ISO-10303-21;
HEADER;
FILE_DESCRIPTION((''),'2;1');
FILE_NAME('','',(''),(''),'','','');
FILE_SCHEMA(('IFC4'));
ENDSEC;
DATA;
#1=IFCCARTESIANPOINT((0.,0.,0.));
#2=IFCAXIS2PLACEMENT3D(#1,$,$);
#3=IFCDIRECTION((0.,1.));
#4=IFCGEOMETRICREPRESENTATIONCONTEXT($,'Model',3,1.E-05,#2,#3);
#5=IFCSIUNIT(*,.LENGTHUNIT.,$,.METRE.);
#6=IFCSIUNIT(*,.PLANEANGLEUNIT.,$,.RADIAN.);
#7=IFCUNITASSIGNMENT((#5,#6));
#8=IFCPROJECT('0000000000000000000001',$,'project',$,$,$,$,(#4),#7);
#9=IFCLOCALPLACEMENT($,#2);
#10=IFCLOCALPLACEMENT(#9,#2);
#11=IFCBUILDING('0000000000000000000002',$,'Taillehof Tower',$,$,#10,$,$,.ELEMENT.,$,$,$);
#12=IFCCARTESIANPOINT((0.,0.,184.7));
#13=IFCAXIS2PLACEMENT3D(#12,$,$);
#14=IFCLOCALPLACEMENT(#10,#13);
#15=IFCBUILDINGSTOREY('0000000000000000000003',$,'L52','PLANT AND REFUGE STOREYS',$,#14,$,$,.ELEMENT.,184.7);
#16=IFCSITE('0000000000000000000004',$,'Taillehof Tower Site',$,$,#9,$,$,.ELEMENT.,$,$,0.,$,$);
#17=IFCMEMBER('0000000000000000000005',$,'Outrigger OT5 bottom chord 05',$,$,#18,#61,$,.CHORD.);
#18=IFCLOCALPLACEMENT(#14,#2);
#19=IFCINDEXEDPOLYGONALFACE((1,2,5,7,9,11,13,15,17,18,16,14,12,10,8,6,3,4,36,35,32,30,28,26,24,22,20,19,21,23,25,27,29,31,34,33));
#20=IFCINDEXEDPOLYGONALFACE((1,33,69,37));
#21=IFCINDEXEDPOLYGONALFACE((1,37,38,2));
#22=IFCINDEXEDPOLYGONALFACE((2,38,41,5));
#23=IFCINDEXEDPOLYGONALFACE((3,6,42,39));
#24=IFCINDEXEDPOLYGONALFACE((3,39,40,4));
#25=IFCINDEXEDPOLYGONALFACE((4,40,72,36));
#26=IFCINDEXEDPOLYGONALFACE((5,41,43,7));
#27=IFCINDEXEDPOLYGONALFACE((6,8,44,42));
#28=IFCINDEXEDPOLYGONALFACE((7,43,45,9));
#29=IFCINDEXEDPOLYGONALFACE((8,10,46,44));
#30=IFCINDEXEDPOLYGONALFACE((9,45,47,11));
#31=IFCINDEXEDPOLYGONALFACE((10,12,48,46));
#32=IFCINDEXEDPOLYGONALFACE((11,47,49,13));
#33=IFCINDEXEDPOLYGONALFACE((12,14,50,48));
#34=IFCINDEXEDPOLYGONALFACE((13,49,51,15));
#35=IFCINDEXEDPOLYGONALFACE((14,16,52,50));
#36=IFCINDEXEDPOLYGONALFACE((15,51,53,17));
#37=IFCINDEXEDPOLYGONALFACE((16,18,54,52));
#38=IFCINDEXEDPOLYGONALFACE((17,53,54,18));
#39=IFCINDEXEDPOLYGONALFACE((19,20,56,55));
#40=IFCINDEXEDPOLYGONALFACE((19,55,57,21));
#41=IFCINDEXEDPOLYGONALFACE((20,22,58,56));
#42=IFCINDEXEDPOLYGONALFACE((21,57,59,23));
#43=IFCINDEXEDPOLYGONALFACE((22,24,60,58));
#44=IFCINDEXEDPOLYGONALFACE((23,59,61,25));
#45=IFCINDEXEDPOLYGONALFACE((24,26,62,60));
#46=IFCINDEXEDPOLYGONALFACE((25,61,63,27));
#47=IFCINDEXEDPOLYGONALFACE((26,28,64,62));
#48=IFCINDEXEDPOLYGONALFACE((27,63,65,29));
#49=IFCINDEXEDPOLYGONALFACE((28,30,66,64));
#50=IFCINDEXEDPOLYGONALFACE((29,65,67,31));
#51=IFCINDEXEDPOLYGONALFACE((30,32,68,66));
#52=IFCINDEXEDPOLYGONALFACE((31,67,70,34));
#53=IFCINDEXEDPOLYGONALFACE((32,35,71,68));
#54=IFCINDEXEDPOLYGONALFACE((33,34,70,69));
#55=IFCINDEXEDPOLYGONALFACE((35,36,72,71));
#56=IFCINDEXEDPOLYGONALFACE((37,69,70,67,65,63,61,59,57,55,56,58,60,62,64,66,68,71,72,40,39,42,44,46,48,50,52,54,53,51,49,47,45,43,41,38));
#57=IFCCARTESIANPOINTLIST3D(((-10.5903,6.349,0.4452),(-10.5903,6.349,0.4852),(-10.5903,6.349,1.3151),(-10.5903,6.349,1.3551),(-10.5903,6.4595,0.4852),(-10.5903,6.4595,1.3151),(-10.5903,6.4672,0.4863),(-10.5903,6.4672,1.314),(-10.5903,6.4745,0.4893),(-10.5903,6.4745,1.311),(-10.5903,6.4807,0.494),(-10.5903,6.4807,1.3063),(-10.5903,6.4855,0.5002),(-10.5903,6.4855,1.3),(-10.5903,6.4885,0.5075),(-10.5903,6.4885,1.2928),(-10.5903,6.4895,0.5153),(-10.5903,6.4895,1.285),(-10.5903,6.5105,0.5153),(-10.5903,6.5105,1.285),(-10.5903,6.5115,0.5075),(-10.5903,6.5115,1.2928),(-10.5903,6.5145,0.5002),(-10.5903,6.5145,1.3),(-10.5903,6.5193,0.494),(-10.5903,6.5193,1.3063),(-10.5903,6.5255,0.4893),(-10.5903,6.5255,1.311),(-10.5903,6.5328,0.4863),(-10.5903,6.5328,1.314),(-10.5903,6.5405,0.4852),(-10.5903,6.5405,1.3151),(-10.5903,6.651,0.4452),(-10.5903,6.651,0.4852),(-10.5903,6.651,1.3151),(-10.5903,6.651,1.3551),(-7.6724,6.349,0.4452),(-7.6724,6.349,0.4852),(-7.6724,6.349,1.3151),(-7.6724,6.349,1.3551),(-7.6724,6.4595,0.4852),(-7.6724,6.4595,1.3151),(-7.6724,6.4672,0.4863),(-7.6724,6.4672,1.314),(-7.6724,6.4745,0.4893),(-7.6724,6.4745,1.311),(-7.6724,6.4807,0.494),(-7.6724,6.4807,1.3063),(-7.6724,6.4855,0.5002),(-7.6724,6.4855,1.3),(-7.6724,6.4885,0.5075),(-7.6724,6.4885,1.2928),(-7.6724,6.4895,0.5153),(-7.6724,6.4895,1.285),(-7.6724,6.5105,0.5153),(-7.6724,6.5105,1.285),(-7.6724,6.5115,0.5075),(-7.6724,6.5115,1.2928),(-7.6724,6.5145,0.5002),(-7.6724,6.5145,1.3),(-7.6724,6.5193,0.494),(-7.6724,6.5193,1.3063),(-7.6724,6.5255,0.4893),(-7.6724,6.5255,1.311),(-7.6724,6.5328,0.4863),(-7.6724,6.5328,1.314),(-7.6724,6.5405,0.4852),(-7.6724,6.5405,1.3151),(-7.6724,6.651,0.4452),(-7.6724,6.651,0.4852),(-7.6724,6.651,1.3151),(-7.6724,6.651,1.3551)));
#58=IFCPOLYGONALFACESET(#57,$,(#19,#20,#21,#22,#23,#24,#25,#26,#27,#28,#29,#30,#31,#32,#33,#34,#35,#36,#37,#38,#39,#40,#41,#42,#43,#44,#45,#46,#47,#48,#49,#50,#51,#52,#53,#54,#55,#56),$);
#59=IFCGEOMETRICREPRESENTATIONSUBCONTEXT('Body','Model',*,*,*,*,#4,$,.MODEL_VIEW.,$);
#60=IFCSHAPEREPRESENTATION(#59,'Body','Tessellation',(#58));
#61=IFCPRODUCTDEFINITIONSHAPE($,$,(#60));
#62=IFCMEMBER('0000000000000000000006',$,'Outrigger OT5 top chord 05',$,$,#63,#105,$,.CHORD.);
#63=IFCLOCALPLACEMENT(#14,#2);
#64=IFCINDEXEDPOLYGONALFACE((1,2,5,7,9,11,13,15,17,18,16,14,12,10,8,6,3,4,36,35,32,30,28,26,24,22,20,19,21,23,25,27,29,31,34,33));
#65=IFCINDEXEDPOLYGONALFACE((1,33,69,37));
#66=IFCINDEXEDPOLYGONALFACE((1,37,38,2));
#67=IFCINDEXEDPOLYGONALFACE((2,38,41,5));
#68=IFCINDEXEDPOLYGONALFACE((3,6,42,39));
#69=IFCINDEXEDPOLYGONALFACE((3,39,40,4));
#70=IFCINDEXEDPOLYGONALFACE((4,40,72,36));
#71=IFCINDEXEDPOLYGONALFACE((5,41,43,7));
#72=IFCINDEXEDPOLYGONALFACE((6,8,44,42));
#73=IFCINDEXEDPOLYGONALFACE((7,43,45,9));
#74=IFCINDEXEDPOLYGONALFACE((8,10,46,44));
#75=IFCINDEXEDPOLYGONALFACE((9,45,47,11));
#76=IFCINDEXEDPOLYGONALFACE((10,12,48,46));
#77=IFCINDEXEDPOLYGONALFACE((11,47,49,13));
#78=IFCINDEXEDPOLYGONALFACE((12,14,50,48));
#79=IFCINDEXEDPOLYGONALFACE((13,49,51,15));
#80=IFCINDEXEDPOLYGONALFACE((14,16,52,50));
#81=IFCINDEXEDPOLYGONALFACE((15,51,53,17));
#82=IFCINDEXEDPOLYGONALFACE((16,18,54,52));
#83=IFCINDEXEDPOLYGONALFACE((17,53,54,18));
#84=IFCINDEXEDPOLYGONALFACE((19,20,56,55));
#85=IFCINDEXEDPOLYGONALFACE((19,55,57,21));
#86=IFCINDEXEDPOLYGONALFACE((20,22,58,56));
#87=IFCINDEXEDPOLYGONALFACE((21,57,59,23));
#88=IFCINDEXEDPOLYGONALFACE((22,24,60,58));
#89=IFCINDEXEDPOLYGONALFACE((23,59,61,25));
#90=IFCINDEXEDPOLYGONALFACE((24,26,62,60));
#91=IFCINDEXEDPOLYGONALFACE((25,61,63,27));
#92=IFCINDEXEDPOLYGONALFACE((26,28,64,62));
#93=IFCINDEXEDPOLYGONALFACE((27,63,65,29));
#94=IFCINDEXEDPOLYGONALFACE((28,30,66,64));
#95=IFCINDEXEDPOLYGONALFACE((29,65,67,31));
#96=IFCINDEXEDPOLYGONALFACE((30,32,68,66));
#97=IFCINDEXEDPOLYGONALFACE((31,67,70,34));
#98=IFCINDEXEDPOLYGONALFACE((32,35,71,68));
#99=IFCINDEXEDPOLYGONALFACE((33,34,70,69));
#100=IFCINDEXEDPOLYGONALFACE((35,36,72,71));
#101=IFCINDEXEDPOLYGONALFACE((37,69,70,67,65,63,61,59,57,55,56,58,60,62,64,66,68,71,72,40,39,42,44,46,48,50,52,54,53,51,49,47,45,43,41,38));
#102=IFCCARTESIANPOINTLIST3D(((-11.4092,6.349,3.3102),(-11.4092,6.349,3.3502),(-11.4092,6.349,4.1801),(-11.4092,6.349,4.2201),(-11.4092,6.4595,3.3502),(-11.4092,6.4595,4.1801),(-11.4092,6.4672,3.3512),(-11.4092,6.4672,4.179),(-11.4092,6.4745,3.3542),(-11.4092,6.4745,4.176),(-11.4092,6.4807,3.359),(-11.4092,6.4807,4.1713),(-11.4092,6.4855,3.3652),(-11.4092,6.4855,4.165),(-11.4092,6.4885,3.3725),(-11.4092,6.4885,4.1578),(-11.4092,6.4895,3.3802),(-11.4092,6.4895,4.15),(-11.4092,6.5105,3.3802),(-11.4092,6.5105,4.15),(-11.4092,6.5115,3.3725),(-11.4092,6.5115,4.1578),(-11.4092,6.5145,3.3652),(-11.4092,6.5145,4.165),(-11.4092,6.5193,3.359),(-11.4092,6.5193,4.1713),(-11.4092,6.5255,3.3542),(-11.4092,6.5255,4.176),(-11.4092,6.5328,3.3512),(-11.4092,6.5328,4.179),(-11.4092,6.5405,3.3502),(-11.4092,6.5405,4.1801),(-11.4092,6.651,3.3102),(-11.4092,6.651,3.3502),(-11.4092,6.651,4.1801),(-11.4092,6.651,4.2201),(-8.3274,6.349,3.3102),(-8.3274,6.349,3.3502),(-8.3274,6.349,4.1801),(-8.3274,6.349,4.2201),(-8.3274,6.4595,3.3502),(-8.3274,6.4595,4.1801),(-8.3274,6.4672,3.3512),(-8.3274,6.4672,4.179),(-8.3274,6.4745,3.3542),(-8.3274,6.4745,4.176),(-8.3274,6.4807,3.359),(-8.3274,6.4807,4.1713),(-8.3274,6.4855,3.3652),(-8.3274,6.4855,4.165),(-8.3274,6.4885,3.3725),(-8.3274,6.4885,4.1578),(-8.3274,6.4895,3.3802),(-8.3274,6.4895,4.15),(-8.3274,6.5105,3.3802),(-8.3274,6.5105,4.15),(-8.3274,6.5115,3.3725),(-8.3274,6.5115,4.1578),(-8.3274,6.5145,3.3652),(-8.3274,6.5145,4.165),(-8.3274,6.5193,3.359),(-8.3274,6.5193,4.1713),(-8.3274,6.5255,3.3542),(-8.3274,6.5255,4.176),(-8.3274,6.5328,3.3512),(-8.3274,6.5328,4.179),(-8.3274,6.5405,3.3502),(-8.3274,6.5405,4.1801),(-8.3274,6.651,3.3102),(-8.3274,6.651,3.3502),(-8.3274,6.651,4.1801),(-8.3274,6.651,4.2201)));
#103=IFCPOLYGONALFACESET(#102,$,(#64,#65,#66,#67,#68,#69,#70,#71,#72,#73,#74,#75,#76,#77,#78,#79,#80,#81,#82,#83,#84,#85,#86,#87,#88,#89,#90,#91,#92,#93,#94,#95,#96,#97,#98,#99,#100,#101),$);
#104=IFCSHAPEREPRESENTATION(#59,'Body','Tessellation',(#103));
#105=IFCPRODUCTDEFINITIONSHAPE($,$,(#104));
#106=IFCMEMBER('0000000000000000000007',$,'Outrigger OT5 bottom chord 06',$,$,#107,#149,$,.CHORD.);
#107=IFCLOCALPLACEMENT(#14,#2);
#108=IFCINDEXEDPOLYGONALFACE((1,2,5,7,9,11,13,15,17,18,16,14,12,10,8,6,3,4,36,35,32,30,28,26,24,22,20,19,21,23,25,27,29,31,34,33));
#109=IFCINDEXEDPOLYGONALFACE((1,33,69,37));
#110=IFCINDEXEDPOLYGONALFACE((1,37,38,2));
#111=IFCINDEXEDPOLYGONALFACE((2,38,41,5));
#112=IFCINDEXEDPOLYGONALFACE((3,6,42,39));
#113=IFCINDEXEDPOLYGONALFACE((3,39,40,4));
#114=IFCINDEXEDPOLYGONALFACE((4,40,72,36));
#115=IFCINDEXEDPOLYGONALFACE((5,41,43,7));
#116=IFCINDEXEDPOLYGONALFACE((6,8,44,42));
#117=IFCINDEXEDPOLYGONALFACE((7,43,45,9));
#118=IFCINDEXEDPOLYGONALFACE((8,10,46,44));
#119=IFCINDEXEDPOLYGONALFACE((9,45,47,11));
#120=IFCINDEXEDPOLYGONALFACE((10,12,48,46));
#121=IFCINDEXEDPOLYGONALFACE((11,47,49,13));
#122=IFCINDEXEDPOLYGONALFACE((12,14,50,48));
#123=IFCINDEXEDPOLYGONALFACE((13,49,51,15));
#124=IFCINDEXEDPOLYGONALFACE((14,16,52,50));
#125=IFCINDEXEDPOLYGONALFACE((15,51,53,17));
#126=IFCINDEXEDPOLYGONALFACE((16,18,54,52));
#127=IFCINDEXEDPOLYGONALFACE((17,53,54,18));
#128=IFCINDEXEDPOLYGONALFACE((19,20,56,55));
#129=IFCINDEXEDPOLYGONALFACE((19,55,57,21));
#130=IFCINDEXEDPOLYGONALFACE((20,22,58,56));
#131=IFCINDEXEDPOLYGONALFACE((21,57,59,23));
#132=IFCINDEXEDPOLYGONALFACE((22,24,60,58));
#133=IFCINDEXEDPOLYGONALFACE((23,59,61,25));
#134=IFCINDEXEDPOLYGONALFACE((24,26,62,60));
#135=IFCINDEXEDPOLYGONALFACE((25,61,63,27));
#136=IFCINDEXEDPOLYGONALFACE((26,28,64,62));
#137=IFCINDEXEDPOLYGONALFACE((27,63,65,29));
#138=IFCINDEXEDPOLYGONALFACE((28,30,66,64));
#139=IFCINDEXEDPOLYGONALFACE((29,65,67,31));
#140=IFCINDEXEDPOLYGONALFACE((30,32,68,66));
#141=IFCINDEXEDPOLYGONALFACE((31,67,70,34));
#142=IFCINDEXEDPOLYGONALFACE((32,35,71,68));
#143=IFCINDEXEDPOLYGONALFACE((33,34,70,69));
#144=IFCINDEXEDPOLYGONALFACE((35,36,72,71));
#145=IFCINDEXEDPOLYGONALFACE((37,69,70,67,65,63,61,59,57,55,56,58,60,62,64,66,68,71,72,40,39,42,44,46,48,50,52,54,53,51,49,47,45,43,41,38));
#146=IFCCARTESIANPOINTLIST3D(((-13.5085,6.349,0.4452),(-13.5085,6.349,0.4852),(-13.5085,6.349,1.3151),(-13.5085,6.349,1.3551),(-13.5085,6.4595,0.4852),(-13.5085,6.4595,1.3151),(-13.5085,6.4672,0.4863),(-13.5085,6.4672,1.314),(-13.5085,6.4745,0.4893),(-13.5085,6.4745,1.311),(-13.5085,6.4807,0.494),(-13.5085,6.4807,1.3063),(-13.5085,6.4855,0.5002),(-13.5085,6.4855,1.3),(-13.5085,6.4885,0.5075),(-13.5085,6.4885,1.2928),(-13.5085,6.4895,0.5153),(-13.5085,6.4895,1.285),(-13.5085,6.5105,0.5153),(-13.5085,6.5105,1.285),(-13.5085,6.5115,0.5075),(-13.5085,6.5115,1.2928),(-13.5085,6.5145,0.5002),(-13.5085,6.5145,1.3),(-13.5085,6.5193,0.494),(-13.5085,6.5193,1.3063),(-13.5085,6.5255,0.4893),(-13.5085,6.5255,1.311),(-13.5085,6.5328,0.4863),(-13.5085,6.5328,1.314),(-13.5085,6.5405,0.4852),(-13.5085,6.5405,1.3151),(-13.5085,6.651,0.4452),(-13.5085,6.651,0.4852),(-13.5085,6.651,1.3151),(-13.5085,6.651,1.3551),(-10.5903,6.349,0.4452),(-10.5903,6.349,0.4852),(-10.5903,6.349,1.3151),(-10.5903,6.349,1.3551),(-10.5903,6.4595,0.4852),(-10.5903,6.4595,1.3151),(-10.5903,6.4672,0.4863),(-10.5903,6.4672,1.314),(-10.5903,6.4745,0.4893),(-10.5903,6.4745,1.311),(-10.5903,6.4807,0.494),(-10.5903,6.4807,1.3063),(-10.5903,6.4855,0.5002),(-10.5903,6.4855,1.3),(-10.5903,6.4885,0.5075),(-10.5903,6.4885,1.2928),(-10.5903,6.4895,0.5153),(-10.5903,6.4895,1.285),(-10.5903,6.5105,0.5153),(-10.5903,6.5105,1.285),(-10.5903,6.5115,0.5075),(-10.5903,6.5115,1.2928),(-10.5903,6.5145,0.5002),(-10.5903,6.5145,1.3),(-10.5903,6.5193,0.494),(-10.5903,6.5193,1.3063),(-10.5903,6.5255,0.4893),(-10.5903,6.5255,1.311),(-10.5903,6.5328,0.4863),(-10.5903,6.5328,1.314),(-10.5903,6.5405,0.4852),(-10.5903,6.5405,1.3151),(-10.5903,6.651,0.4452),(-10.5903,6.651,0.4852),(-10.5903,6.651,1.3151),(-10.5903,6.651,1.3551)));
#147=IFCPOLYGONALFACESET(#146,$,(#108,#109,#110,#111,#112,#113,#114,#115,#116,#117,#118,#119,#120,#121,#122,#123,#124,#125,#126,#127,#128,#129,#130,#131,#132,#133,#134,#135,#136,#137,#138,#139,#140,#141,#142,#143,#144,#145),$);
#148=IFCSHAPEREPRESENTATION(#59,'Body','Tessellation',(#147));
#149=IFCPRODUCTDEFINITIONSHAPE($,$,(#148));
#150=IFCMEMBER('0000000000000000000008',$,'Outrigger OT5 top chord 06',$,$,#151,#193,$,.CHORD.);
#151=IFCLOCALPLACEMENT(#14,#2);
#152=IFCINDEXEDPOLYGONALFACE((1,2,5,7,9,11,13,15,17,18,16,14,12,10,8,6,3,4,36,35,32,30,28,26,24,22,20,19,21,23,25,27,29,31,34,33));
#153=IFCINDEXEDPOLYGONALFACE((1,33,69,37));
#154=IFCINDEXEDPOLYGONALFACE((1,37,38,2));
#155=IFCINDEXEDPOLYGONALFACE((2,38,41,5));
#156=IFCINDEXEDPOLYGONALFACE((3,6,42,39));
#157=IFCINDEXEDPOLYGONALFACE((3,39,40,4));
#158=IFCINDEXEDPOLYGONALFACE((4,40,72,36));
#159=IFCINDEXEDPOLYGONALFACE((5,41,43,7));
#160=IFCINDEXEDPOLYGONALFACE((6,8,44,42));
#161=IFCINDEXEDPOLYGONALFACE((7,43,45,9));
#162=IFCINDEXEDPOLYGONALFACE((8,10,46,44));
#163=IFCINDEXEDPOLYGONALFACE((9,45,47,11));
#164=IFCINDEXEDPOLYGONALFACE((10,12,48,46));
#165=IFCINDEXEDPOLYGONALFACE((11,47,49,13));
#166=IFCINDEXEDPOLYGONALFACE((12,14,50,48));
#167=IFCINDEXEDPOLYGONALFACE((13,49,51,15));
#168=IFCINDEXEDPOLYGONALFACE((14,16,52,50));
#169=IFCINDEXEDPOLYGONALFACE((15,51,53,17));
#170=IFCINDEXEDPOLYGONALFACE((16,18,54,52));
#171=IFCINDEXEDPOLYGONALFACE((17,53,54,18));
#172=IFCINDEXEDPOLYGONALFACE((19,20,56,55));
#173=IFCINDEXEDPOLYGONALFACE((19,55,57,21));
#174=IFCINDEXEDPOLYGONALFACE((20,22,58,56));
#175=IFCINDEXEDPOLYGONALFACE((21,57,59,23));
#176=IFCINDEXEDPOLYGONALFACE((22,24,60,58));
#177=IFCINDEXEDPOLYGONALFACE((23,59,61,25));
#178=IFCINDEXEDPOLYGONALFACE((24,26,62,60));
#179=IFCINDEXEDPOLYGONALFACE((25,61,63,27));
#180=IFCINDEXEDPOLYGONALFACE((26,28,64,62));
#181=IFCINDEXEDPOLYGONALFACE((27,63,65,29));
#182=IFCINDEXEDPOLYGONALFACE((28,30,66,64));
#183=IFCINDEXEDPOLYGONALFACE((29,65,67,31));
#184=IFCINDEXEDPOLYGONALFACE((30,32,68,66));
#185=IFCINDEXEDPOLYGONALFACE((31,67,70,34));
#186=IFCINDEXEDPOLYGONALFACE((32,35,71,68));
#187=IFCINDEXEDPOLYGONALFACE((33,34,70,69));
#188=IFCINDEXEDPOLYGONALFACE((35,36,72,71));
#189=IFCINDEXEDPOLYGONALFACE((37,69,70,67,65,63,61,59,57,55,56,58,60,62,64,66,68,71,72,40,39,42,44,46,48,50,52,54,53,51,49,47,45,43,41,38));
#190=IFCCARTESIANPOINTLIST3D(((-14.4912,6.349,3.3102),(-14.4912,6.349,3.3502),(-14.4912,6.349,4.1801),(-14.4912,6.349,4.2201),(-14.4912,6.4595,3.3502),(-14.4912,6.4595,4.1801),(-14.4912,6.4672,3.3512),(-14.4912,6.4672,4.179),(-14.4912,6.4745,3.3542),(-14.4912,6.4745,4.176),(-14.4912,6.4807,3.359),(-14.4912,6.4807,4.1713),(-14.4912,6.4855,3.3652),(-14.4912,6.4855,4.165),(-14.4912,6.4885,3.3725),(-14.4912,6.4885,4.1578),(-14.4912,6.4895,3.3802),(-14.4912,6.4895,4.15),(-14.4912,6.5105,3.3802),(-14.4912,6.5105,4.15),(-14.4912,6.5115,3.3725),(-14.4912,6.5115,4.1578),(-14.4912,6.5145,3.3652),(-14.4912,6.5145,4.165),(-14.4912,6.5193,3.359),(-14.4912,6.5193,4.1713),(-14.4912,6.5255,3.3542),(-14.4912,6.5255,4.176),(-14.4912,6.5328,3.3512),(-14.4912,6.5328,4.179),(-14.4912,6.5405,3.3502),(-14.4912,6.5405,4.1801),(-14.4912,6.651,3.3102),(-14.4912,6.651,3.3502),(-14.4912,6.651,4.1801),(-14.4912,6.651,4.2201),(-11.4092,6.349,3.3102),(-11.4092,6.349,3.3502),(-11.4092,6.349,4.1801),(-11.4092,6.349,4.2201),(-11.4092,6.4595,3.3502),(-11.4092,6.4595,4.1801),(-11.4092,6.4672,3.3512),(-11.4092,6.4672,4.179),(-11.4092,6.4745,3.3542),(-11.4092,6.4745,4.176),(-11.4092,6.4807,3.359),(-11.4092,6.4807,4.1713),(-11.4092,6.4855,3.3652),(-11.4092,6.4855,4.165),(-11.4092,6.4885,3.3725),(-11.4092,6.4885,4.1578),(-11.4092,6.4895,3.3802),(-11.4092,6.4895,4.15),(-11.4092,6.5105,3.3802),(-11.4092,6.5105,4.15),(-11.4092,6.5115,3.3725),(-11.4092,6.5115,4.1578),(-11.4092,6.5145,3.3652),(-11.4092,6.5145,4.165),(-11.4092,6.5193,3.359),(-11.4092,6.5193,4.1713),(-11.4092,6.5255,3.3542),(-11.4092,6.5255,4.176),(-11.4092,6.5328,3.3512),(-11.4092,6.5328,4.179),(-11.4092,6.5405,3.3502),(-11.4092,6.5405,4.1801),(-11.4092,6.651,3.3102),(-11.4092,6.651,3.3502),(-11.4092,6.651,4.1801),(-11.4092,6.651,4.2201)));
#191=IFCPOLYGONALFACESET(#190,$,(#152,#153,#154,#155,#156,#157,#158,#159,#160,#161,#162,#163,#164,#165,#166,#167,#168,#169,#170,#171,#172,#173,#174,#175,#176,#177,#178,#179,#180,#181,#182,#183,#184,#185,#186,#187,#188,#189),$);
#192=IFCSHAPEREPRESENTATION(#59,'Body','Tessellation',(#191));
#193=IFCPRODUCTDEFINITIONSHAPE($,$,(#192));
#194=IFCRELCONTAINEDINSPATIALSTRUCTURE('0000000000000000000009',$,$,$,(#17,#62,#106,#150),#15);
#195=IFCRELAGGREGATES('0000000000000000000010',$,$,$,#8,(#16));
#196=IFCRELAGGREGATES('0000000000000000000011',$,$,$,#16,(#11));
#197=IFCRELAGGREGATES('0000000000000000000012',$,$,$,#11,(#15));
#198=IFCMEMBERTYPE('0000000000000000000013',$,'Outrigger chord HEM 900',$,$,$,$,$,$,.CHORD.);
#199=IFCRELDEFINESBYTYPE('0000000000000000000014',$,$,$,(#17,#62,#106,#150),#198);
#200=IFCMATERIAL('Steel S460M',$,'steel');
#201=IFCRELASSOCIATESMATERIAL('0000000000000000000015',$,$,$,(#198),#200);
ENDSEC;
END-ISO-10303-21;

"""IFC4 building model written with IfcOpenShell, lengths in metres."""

from ifc_helpers import new_model, si_unit, direction, frame, origin, origin_2d, place, context, subcontext, project, spatial, i_section, extrude, material, material_profile, profile_set, type_object, element, save


model = new_model("IFC4")

# Units and contexts
model_context = context("Model", 3, precision=1e-05, world=origin(), true_north=direction((0.0, 1.0)))
body_context = subcontext(model_context, "Body", "Model", "MODEL_VIEW")
ifc_project = project(units=[si_unit("LENGTHUNIT", "METRE"), si_unit("PLANEANGLEUNIT", "RADIAN")], contexts=[model_context])

# Site, building, storey
site_placement = place(None, origin())
site = spatial("IfcSite", under=ifc_project, at=site_placement, Name="Taillehof Tower Site", CompositionType="ELEMENT", RefElevation=0.0)
building_placement = place(site_placement, origin())
building = spatial("IfcBuilding", under=site, at=building_placement, Name="Taillehof Tower", CompositionType="ELEMENT")
storey_placement = place(building_placement, frame((0.0, 0.0, 184.7)))
storey = spatial("IfcBuildingStorey", under=building, at=storey_placement, Name="L52", Description="PLANT AND REFUGE STOREYS", CompositionType="ELEMENT", Elevation=184.7)

# Members
ifc_material_1 = material(Name="Steel S460M", Category="steel")
ifc_material_profile_1 = material_profile(ifc_material_1, i_section(OverallWidth=0.302, OverallDepth=0.9099, WebThickness=0.021, FlangeThickness=0.04, FilletRadius=0.03, at=origin_2d()), Name="HEM 900")
ifc_profile_set_1 = profile_set([ifc_material_profile_1], Name="Steel S460M")
member_type_1 = type_object("IfcMemberType", Name="Outrigger chord HEM 900", PredefinedType="CHORD", material=ifc_profile_set_1)
member_1_placement = place(storey_placement, frame((-7.6724, 6.5, 0.9001), z_axis=(-1.0, 0.0, 0.0), x_axis=(0.0, -1.0, 0.0)))
element("IfcMember", 1, at=member_1_placement, inside=storey, type_object=member_type_1, Name="Outrigger OT5 bottom chord 05", PredefinedType="CHORD", context=body_context, shape_type="SweptSolid", body=[
    extrude(i_section(OverallWidth=0.302, OverallDepth=0.9099, WebThickness=0.021, FlangeThickness=0.04, FilletRadius=0.03, at=origin_2d()), origin(), (0.0, 0.0, 1.0), 2.918),
])
member_2_placement = place(storey_placement, frame((-8.3274, 6.5, 3.7651), z_axis=(-1.0, 0.0, 0.0), x_axis=(0.0, -1.0, 0.0)))
element("IfcMember", 2, at=member_2_placement, inside=storey, type_object=member_type_1, Name="Outrigger OT5 top chord 05", PredefinedType="CHORD", context=body_context, shape_type="SweptSolid", body=[
    extrude(i_section(OverallWidth=0.302, OverallDepth=0.9099, WebThickness=0.021, FlangeThickness=0.04, FilletRadius=0.03, at=origin_2d()), origin(), (0.0, 0.0, 1.0), 3.0818),
])
member_3_placement = place(storey_placement, frame((-10.5903, 6.5, 0.9001), z_axis=(-1.0, 0.0, 0.0), x_axis=(0.0, -1.0, 0.0)))
element("IfcMember", 3, at=member_3_placement, inside=storey, type_object=member_type_1, Name="Outrigger OT5 bottom chord 06", PredefinedType="CHORD", context=body_context, shape_type="SweptSolid", body=[
    extrude(i_section(OverallWidth=0.302, OverallDepth=0.9099, WebThickness=0.021, FlangeThickness=0.04, FilletRadius=0.03, at=origin_2d()), origin(), (0.0, 0.0, 1.0), 2.9182),
])
member_4_placement = place(storey_placement, frame((-11.4092, 6.5, 3.7651), z_axis=(-1.0, 0.0, 0.0), x_axis=(0.0, -1.0, 0.0)))
element("IfcMember", 4, at=member_4_placement, inside=storey, type_object=member_type_1, Name="Outrigger OT5 top chord 06", PredefinedType="CHORD", context=body_context, shape_type="SweptSolid", body=[
    extrude(i_section(OverallWidth=0.302, OverallDepth=0.9099, WebThickness=0.021, FlangeThickness=0.04, FilletRadius=0.03, at=origin_2d()), origin(), (0.0, 0.0, 1.0), 3.082),
])

save(model, "model.ifc")
